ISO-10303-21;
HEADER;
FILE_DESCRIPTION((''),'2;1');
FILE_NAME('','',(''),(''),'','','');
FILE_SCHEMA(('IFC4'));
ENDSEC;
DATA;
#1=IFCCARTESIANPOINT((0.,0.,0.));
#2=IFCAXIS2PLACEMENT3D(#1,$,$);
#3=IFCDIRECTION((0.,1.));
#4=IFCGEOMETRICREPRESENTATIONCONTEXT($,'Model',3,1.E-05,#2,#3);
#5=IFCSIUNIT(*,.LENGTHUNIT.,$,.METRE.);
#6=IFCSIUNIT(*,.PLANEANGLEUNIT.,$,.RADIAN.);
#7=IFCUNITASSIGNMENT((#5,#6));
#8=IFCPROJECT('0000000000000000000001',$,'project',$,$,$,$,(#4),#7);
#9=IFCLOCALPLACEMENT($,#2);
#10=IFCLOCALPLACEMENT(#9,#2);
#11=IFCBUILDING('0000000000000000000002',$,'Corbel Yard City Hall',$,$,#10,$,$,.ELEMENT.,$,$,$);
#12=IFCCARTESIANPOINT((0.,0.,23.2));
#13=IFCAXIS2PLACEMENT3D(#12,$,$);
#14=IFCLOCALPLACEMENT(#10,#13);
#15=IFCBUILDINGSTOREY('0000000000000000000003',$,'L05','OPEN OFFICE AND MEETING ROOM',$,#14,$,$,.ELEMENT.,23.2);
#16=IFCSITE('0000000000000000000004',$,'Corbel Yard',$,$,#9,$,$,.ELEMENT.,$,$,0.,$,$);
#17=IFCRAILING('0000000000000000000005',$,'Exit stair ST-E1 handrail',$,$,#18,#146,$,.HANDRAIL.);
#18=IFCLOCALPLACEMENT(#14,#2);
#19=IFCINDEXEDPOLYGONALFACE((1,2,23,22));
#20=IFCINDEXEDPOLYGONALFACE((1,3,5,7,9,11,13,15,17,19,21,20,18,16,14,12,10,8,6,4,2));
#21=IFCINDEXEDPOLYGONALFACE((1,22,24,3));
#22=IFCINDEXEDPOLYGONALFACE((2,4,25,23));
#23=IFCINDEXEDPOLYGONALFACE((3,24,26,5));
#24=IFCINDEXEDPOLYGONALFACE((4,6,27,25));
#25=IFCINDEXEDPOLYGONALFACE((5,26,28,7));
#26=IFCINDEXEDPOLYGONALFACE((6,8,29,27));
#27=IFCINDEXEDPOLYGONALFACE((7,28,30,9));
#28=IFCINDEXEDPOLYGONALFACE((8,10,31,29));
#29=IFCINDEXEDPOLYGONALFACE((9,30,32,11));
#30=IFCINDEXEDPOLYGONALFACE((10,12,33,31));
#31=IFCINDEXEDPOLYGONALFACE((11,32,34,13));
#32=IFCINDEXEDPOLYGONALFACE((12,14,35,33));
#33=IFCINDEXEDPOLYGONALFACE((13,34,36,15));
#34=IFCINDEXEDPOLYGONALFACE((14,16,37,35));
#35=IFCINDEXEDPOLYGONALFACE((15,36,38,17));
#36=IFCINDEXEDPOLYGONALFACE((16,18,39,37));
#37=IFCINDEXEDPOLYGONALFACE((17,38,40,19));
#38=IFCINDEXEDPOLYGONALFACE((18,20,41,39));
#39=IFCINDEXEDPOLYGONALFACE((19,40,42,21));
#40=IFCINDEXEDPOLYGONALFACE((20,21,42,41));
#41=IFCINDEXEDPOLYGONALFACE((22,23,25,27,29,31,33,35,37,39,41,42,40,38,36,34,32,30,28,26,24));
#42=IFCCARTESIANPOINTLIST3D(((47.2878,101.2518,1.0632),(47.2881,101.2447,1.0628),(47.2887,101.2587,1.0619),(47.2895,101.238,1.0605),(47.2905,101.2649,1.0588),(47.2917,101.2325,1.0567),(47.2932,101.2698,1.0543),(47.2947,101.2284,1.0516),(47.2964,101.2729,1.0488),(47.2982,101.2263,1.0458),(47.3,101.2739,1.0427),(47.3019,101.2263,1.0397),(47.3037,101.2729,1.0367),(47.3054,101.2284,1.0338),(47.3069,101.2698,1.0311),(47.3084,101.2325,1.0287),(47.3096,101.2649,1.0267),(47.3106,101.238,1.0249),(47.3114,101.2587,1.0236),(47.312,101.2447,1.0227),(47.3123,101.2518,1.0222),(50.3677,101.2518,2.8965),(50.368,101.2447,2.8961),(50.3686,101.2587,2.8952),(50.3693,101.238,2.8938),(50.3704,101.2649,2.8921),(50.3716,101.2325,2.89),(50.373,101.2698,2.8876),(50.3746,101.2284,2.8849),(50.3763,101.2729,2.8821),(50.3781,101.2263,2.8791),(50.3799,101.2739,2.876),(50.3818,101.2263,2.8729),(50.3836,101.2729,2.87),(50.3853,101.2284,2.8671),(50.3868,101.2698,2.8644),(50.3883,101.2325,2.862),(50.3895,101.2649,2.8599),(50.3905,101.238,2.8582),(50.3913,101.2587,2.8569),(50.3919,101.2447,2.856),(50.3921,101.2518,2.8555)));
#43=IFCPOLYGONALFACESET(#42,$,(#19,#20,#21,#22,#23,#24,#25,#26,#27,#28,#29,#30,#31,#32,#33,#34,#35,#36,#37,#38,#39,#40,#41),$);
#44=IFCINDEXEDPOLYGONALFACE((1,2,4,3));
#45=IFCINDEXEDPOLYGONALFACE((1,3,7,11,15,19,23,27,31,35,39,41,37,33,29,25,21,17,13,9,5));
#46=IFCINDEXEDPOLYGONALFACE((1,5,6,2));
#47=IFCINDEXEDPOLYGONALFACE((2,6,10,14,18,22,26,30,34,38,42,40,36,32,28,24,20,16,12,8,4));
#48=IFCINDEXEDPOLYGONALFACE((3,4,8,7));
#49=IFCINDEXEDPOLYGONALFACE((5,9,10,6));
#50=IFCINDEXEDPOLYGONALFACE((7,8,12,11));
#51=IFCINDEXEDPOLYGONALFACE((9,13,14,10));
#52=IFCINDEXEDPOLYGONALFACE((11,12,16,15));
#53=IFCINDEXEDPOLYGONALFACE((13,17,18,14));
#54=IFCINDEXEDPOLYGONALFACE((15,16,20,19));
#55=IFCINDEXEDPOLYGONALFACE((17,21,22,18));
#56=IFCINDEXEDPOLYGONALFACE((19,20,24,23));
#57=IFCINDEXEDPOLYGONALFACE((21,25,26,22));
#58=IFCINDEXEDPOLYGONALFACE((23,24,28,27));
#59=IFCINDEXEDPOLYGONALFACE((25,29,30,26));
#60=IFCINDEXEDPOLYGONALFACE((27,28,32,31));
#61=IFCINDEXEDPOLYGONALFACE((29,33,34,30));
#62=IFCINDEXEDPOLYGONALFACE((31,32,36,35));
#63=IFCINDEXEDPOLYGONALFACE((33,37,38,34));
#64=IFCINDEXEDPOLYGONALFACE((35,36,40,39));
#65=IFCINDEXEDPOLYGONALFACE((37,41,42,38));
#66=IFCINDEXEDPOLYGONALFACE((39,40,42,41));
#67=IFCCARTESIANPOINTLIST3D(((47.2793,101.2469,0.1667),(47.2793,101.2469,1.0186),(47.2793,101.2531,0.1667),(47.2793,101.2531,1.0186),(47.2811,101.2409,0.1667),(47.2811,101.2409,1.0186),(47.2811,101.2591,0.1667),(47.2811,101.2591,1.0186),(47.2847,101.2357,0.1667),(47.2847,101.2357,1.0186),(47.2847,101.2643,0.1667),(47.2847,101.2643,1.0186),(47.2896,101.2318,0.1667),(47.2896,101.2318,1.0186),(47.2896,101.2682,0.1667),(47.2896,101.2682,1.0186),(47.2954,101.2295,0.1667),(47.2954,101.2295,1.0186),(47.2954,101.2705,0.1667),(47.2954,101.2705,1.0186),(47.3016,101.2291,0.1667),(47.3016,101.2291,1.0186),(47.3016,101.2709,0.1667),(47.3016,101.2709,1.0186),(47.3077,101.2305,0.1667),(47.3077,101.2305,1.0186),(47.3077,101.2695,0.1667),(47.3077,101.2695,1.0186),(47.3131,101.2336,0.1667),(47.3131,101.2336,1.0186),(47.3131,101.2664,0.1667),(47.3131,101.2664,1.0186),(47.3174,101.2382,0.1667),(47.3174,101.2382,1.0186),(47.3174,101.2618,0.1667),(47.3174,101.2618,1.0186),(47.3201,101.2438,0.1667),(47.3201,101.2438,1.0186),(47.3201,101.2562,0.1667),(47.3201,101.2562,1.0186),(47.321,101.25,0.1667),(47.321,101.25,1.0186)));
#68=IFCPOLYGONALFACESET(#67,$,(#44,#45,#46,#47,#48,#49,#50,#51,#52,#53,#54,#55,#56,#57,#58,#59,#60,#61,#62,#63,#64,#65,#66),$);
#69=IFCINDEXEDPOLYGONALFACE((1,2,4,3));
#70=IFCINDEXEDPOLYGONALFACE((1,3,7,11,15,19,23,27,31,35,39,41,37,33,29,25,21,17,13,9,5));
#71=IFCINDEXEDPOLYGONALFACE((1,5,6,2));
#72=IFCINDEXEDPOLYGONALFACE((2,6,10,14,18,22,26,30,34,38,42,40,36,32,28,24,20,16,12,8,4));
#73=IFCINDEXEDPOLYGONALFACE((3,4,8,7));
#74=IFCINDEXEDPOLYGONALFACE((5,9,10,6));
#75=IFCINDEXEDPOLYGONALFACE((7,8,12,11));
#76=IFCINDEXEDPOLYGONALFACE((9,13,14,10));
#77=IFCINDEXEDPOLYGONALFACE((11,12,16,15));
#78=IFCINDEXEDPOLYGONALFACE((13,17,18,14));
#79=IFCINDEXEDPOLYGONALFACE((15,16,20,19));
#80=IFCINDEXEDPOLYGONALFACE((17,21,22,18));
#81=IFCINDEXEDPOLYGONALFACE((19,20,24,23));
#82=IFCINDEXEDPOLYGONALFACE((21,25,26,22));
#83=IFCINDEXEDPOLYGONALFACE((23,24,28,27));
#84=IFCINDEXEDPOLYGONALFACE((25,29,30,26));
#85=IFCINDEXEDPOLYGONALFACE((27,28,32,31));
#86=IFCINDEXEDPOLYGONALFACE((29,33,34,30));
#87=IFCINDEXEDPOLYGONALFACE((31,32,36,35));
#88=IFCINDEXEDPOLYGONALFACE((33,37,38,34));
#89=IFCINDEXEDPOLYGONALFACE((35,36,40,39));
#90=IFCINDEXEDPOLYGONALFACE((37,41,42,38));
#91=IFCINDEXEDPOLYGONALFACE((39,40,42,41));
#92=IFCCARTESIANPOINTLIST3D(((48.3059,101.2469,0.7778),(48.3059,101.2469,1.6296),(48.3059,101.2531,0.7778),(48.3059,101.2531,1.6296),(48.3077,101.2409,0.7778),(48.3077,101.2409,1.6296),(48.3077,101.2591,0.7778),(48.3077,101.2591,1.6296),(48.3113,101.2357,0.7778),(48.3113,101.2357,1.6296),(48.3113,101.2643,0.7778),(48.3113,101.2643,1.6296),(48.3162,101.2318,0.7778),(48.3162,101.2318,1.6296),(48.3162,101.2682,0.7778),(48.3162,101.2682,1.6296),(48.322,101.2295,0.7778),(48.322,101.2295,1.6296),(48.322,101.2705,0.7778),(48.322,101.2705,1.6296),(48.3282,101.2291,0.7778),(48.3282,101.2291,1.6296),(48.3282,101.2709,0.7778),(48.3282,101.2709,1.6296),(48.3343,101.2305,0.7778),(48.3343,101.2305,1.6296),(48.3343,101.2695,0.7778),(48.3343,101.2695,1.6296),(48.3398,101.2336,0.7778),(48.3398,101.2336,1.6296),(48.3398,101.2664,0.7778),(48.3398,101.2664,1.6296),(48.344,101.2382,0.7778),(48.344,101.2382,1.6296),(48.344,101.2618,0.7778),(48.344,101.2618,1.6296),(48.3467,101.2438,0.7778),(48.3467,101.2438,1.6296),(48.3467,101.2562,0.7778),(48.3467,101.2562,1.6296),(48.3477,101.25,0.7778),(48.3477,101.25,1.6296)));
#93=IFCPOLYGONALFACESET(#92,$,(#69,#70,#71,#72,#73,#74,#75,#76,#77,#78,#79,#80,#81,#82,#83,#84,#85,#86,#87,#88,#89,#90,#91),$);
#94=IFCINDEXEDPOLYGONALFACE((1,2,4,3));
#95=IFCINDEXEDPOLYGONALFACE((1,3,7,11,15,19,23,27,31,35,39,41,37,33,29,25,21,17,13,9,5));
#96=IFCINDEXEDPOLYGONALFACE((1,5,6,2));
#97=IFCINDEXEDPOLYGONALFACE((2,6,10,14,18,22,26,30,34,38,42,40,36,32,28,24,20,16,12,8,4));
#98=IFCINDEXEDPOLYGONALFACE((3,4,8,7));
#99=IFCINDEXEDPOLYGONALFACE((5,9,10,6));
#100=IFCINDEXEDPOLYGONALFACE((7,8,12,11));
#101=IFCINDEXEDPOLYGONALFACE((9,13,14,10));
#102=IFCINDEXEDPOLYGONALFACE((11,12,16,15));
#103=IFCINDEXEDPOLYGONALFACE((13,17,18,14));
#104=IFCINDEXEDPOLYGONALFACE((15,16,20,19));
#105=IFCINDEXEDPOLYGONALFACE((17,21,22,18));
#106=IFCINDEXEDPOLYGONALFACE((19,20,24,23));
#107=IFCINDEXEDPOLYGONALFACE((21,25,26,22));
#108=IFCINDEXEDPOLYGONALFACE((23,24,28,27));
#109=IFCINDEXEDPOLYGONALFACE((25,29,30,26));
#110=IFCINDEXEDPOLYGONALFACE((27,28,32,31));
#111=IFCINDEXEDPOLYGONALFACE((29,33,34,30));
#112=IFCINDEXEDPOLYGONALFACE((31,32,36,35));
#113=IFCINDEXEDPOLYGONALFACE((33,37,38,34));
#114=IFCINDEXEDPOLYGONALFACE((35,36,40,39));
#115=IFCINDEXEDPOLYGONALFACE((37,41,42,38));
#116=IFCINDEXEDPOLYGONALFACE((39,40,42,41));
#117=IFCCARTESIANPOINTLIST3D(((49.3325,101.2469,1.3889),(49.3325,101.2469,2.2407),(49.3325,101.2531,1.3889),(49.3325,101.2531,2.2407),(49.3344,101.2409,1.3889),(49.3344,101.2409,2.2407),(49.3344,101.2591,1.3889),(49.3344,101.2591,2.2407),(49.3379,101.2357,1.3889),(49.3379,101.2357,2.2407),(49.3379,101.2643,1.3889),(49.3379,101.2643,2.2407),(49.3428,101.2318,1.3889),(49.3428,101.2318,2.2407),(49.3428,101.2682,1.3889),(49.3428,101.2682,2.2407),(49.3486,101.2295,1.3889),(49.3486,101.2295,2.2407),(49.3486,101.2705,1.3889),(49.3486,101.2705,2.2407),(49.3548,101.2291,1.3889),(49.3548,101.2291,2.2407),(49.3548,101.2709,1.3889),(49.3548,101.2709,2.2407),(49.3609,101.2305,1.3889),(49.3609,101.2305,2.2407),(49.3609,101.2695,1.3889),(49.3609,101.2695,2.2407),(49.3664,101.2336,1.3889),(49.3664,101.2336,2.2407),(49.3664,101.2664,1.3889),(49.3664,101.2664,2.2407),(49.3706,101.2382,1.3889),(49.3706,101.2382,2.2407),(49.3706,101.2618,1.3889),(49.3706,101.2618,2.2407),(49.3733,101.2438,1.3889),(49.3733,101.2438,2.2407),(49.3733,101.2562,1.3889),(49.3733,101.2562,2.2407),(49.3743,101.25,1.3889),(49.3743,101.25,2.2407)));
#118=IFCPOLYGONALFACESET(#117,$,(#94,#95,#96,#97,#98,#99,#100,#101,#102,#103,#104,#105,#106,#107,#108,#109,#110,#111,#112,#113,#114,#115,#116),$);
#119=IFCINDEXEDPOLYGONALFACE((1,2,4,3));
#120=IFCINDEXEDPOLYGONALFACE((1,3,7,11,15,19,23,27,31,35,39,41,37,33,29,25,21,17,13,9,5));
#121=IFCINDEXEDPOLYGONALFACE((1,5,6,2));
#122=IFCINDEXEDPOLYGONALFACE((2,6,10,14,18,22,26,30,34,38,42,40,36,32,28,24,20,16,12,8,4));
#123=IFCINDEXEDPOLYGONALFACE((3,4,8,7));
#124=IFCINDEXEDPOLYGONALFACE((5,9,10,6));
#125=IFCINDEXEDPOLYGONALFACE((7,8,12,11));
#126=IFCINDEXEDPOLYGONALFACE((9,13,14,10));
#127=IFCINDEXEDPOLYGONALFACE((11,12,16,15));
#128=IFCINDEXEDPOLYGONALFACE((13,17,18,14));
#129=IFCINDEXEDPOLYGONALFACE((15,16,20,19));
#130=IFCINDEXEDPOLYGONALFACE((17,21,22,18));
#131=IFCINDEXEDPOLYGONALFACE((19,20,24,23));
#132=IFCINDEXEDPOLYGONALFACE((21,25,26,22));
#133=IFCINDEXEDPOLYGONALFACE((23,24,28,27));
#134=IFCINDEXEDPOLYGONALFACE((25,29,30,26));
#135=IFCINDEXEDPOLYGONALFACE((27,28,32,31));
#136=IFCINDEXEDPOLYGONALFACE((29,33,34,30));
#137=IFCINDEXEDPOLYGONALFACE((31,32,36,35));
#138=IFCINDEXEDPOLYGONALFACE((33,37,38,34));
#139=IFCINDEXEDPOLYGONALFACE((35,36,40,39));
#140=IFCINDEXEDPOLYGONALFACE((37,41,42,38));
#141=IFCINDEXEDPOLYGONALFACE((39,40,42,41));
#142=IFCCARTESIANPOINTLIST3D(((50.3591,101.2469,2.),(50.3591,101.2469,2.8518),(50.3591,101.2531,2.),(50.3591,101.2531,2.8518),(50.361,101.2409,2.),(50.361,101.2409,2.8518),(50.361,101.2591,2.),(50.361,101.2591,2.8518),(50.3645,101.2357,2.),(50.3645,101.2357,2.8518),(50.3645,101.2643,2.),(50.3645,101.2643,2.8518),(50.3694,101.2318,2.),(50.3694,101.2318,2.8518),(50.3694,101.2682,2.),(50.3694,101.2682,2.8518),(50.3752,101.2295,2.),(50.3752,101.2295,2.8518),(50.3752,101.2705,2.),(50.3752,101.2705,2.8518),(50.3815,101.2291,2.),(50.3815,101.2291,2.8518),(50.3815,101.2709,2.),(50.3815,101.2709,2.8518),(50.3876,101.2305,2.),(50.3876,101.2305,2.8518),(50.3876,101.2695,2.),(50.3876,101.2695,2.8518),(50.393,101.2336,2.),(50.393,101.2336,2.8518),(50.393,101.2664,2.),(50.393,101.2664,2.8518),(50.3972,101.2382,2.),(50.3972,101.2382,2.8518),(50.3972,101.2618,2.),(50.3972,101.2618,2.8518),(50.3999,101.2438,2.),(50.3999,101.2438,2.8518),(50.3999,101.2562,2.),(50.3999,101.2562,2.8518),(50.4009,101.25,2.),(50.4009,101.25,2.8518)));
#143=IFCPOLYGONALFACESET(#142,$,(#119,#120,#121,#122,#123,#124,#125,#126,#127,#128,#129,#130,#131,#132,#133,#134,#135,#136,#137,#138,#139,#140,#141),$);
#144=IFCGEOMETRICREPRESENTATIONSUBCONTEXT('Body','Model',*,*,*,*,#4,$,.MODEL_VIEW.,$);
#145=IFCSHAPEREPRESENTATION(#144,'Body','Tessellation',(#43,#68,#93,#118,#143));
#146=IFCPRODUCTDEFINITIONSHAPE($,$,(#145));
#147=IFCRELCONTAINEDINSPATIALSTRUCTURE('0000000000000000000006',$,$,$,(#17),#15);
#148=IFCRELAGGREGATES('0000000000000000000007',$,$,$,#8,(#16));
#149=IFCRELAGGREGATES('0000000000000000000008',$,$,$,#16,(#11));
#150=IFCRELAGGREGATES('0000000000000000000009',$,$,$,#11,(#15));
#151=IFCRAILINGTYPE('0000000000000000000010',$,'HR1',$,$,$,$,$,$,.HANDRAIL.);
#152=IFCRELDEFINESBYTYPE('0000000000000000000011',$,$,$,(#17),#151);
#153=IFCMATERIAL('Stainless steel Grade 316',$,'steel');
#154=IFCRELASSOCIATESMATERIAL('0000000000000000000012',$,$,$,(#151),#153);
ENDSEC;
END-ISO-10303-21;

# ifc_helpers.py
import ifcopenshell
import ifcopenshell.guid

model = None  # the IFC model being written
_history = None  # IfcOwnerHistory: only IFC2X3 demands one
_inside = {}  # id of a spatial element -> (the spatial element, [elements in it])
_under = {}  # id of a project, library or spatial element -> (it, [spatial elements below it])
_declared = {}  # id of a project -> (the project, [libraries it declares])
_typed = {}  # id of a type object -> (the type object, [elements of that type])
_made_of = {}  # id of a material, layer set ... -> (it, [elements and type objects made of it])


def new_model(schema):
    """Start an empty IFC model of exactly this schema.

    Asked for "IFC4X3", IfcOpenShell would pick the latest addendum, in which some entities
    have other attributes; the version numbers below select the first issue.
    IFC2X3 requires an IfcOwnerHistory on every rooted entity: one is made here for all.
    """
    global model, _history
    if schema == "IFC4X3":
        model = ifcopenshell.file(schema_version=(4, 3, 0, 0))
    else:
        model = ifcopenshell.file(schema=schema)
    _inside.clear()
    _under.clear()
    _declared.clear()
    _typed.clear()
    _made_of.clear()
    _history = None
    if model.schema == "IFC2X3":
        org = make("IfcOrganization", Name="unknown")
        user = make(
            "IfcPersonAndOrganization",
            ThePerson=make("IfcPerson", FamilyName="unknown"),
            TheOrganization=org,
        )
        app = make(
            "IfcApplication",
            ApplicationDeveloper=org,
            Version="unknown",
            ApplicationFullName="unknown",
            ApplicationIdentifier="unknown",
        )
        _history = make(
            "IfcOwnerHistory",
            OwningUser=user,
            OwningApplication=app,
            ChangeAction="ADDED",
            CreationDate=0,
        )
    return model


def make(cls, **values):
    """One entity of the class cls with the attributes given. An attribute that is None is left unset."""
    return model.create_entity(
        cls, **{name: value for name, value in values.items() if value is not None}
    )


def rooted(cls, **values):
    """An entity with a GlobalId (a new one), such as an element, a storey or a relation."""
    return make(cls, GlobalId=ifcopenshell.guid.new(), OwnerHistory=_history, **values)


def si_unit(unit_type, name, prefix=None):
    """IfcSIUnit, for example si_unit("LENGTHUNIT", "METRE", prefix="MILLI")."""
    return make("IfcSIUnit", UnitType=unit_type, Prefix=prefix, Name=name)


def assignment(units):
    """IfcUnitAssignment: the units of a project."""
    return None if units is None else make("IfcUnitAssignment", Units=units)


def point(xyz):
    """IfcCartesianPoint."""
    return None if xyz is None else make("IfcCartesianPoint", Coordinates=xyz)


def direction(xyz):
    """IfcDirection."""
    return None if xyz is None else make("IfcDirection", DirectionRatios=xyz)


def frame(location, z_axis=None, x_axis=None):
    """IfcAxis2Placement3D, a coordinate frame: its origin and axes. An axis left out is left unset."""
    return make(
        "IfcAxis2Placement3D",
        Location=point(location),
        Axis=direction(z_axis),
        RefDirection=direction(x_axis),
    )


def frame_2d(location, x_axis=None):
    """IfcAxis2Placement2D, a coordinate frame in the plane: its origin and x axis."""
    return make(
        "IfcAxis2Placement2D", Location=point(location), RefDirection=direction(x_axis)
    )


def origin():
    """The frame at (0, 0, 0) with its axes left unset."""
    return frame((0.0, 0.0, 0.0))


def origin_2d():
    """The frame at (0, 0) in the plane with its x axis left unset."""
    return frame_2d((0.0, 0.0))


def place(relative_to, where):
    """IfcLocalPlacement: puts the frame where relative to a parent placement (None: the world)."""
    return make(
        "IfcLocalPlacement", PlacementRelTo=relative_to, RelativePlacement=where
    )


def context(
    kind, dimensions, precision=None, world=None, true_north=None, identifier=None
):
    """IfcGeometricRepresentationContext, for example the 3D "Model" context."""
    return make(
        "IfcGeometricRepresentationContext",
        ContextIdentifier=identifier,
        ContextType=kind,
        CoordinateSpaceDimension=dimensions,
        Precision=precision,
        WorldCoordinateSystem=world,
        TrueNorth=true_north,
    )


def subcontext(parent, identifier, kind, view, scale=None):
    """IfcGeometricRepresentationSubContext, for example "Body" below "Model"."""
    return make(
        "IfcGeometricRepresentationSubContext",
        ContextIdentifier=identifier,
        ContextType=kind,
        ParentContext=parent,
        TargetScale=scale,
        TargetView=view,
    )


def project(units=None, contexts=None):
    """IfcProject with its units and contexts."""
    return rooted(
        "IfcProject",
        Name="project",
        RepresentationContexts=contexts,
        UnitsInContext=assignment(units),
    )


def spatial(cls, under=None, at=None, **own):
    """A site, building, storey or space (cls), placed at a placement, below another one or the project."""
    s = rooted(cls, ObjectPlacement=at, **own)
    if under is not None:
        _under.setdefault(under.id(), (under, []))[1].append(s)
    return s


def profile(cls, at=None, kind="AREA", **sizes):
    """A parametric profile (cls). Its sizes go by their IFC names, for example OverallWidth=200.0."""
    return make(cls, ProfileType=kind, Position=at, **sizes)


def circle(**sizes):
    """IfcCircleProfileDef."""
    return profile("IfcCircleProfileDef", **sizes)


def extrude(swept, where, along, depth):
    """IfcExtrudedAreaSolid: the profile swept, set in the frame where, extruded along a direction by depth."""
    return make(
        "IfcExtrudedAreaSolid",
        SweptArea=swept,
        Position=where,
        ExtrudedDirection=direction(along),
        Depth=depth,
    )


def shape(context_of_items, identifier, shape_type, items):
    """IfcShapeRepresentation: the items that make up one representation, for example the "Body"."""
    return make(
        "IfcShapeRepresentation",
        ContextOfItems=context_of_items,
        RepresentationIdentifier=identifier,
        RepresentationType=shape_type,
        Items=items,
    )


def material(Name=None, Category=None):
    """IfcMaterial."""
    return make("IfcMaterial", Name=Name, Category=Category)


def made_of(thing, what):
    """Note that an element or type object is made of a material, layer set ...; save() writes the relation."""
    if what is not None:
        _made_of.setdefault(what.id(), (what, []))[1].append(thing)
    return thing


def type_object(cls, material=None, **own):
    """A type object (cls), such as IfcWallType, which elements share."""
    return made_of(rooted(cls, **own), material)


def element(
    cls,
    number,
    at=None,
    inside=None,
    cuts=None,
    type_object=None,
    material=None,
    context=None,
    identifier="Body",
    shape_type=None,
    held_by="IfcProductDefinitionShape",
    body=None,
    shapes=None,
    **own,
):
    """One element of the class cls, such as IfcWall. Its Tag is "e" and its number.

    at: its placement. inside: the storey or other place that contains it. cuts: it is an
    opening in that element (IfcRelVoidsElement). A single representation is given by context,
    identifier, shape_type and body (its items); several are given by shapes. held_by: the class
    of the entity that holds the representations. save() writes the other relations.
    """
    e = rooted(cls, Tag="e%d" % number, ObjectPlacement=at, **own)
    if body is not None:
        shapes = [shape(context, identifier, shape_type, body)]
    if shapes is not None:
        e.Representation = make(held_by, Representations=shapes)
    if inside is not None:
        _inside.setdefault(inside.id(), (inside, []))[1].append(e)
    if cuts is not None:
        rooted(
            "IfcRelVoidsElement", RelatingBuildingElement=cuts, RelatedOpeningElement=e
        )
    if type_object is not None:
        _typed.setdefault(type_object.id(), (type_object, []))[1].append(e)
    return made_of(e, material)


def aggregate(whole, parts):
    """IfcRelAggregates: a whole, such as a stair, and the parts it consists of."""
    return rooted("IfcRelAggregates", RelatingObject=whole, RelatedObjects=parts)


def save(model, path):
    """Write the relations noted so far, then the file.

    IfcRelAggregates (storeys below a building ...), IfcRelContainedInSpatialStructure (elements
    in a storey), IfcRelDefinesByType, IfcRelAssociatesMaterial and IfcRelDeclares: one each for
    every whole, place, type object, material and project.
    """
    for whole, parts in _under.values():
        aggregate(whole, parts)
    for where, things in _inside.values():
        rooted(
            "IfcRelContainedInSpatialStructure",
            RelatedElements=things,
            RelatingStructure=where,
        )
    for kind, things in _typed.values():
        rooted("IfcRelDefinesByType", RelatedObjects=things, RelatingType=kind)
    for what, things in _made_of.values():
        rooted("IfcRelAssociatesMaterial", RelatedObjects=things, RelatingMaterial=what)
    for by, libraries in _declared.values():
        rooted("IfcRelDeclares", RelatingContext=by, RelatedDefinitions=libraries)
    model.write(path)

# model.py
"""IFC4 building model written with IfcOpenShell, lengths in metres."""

from ifc_helpers import new_model, si_unit, direction, frame, origin, origin_2d, place, context, subcontext, project, spatial, circle, extrude, material, type_object, element, save


model = new_model("IFC4")

# Units and contexts
model_context = context("Model", 3, precision=1e-05, world=origin(), true_north=direction((0.0, 1.0)))
body_context = subcontext(model_context, "Body", "Model", "MODEL_VIEW")
ifc_project = project(units=[si_unit("LENGTHUNIT", "METRE"), si_unit("PLANEANGLEUNIT", "RADIAN")], contexts=[model_context])

# Site, building, storey
site_placement = place(None, origin())
site = spatial("IfcSite", under=ifc_project, at=site_placement, Name="Corbel Yard", CompositionType="ELEMENT", RefElevation=0.0)
building_placement = place(site_placement, origin())
building = spatial("IfcBuilding", under=site, at=building_placement, Name="Corbel Yard City Hall", CompositionType="ELEMENT")
storey_placement = place(building_placement, frame((0.0, 0.0, 23.2)))
storey = spatial("IfcBuildingStorey", under=building, at=storey_placement, Name="L05", Description="OPEN OFFICE AND MEETING ROOM", CompositionType="ELEMENT", Elevation=23.2)

# Railing
ifc_material_1 = material(Name="Stainless steel Grade 316", Category="steel")
railing_type = type_object("IfcRailingType", Name="HR1", PredefinedType="HANDRAIL", material=ifc_material_1)
for number, where, name in (
    (1, (47.3, 101.25, 0.1667), "Exit stair ST-E1 handrail"),
):
    element("IfcRailing", number, at=place(storey_placement, frame(where)), inside=storey, type_object=railing_type, Name=name, PredefinedType="HANDRAIL", context=body_context, shape_type="SweptSolid", body=[
        extrude(circle(Radius=0.0239, at=origin_2d()), frame((0.0, 0.0, 0.876), z_axis=(0.859291, 0.0, 0.511487), x_axis=(0.0, 1.0, 0.0)), (0.0, 0.0, 1.0), 3.5842),
        extrude(circle(Radius=0.021, at=origin_2d()), origin(), (0.0, 0.0, 1.0), 0.8518),
        extrude(circle(Radius=0.021, at=origin_2d()), frame((1.0266, 0.0, 0.6111)), (0.0, 0.0, 1.0), 0.8518),
        extrude(circle(Radius=0.021, at=origin_2d()), frame((2.0532, 0.0, 1.2222)), (0.0, 0.0, 1.0), 0.8518),
        extrude(circle(Radius=0.021, at=origin_2d()), frame((3.0798, 0.0, 1.8333)), (0.0, 0.0, 1.0), 0.8518),
    ])

save(model, "model.ifc")
